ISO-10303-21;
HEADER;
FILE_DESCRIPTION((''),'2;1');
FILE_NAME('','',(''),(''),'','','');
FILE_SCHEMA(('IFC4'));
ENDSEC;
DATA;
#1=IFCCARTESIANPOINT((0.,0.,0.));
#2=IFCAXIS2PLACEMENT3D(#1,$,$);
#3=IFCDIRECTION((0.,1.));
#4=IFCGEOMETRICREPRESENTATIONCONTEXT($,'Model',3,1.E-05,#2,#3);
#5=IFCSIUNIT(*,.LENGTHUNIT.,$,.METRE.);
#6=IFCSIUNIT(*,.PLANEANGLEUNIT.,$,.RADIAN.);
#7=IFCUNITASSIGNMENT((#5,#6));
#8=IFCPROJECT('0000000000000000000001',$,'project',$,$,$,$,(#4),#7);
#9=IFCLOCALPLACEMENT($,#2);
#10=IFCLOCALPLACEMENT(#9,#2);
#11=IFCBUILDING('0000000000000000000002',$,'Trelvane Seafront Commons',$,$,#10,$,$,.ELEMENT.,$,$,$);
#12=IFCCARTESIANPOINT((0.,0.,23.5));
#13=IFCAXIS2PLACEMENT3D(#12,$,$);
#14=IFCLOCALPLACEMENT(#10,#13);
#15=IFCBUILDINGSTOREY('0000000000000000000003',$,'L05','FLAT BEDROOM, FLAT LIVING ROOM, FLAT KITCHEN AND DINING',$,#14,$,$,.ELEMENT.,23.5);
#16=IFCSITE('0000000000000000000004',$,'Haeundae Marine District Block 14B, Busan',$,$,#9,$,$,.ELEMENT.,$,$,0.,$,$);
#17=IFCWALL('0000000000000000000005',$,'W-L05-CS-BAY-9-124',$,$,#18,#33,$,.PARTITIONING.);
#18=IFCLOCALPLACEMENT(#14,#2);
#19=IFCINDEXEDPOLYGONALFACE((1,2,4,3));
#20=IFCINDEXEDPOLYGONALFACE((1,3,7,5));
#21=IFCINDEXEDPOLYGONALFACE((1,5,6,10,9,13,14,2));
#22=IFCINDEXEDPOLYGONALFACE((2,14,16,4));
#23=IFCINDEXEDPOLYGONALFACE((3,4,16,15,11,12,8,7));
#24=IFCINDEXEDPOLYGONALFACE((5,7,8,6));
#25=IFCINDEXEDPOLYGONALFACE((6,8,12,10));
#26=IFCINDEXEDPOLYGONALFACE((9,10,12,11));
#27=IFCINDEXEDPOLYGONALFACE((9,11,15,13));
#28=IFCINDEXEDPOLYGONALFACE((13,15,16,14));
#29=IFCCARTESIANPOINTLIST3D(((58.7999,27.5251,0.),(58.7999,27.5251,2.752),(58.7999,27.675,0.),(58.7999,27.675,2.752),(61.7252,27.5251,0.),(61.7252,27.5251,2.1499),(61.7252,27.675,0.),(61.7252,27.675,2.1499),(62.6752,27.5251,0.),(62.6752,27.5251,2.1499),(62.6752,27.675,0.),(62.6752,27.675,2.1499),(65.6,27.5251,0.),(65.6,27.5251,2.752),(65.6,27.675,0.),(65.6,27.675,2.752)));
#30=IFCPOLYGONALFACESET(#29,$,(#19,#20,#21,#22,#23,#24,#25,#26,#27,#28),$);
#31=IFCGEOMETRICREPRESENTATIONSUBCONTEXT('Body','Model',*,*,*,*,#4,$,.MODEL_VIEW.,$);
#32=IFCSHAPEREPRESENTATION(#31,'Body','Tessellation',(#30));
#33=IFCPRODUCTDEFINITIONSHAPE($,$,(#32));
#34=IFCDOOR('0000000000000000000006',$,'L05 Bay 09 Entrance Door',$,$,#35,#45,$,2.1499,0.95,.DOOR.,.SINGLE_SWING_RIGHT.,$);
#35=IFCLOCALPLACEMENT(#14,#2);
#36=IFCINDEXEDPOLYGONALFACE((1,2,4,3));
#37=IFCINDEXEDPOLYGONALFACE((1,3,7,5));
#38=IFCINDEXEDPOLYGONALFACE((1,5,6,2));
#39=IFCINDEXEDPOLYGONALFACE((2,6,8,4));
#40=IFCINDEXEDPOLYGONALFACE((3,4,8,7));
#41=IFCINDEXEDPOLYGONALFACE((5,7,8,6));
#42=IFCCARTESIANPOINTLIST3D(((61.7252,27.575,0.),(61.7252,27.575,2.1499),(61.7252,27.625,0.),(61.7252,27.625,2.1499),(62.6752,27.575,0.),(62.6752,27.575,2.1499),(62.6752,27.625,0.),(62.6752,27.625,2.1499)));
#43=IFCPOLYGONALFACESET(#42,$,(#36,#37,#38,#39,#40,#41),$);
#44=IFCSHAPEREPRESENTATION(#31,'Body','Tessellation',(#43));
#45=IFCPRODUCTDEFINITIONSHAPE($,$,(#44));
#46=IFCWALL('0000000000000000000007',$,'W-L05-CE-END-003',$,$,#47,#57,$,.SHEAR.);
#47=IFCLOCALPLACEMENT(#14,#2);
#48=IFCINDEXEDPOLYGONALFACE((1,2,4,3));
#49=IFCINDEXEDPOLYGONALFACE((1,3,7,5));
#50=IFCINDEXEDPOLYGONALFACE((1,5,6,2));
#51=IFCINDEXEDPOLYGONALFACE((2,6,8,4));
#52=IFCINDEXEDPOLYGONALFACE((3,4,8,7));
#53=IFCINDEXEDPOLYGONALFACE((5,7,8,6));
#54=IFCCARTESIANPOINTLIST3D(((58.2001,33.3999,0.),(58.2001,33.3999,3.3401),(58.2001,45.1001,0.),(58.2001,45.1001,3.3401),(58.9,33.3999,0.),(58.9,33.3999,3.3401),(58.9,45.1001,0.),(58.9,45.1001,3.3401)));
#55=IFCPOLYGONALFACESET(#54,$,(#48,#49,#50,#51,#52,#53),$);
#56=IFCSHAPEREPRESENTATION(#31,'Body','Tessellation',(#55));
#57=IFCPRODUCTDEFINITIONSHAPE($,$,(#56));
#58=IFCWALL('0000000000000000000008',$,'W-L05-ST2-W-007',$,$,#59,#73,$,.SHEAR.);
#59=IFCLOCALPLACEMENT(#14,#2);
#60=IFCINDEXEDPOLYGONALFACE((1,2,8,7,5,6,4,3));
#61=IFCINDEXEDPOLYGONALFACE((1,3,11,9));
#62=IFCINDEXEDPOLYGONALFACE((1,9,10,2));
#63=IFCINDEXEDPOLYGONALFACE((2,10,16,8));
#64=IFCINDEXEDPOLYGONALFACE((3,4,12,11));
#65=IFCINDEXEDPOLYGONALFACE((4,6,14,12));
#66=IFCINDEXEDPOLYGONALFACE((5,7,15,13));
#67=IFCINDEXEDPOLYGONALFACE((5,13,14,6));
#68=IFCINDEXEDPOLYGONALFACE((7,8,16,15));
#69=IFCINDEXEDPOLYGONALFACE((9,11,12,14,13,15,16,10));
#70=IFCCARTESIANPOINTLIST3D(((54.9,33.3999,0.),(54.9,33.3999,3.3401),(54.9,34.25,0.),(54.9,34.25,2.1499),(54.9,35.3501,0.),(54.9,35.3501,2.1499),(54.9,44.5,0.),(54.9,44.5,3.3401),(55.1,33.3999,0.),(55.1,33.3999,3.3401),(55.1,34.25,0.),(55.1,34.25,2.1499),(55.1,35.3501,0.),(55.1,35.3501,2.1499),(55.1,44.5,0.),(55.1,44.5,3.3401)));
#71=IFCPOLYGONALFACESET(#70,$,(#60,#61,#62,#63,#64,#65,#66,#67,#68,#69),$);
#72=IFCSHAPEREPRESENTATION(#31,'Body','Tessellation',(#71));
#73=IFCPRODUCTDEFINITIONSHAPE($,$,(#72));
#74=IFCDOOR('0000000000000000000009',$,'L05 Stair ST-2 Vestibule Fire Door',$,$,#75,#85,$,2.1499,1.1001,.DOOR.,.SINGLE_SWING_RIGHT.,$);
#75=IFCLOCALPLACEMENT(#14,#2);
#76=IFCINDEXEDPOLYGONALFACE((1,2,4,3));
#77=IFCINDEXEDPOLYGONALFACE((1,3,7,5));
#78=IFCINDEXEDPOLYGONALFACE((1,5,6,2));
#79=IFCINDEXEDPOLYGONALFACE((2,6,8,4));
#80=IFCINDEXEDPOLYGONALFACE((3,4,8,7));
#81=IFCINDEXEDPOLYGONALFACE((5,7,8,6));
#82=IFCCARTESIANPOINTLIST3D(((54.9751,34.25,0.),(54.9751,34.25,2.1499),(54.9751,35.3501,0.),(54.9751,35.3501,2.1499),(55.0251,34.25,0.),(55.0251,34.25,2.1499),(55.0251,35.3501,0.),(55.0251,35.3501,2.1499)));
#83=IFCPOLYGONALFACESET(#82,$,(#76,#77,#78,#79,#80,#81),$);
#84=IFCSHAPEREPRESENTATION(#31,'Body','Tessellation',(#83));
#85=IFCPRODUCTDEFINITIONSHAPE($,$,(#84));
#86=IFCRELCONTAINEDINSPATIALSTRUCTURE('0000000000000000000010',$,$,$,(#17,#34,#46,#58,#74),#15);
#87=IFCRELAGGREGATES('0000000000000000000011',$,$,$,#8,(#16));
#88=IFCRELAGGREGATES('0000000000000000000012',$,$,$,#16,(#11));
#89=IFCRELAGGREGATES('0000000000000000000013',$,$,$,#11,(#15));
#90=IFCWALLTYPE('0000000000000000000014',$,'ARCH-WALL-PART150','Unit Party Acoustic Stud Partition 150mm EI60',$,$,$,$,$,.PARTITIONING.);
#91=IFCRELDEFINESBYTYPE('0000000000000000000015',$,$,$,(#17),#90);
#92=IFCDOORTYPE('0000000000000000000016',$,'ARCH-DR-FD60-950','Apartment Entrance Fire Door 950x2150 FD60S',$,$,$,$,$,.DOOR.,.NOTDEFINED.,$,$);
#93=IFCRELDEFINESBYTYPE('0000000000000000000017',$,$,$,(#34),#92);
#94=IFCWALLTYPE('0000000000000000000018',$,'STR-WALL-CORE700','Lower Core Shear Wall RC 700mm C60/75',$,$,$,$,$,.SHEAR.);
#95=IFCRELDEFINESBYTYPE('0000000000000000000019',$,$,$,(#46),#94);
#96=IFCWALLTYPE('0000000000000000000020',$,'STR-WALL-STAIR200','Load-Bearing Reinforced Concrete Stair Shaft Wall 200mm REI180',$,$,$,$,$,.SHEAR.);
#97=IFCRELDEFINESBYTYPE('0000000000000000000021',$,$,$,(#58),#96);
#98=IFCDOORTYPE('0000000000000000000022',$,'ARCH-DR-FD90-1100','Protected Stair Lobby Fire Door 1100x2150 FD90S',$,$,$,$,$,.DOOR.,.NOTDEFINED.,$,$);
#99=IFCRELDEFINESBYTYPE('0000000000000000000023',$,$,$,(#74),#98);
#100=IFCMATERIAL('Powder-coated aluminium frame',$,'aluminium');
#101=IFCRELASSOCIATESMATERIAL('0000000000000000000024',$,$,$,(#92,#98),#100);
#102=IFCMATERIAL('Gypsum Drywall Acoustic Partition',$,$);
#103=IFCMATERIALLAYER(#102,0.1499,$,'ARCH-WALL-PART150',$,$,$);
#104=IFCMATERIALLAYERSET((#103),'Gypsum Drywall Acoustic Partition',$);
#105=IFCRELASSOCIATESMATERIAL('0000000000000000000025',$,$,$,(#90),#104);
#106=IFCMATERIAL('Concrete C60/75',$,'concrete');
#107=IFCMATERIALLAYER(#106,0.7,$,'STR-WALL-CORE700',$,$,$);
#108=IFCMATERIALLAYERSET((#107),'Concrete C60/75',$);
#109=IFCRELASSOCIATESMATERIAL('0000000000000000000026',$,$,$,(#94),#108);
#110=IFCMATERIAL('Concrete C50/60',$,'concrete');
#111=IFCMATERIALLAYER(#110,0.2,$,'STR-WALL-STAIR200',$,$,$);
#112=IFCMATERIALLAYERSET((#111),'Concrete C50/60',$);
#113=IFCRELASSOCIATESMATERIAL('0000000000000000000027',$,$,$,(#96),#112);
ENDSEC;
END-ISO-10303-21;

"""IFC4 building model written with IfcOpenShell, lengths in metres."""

from ifc_helpers import new_model, si_unit, direction, frame, frame_2d, origin, place, context, subcontext, project, spatial, rectangle, extrude, source, transform, mapped, material, layer, layer_set, type_object, element, fill, save


model = new_model("IFC4")

# Units and contexts
model_context = context("Model", 3, precision=1e-05, world=origin(), true_north=direction((0.0, 1.0)))
body_context = subcontext(model_context, "Body", "Model", "MODEL_VIEW")
ifc_project = project(units=[si_unit("LENGTHUNIT", "METRE"), si_unit("PLANEANGLEUNIT", "RADIAN")], contexts=[model_context])

# Site, building, storey
site_placement = place(None, origin())
site = spatial("IfcSite", under=ifc_project, at=site_placement, Name="Haeundae Marine District Block 14B, Busan", CompositionType="ELEMENT", RefElevation=0.0)
building_placement = place(site_placement, origin())
building = spatial("IfcBuilding", under=site, at=building_placement, Name="Trelvane Seafront Commons", CompositionType="ELEMENT")
storey_placement = place(building_placement, frame((0.0, 0.0, 23.5)))
storey = spatial("IfcBuildingStorey", under=building, at=storey_placement, Name="L05", Description="FLAT BEDROOM, FLAT LIVING ROOM, FLAT KITCHEN AND DINING", CompositionType="ELEMENT", Elevation=23.5)

# Shared definitions
ifc_material_1 = material(Name="Concrete C60/75", Category="concrete")

# Shared definitions
ifc_material_2 = material(Name="Powder-coated aluminium frame", Category="aluminium")
door_type_1 = type_object("IfcDoorType", Name="ARCH-DR-FD60-950", Description="Apartment Entrance Fire Door 950x2150 FD60S", OperationType="NOTDEFINED", PredefinedType="DOOR", material=ifc_material_2)
shared_shape_1 = source(origin(), body_context, "Body", "SweptSolid", [
    extrude(rectangle(XDim=0.95, YDim=2.1499, at=frame_2d((0.4751, 1.075))), frame((0.0, 0.0249, 0.0), z_axis=(0.0, -1.0, 0.0), x_axis=(1.0, 0.0, 0.0)), (0.0, 0.0, 1.0), 0.05),
])

# Shared definitions
ifc_material_3 = material(Name="Gypsum Drywall Acoustic Partition")

# Wall, opening, door
ifc_layer_1 = layer(ifc_material_3, 0.1499, Name="ARCH-WALL-PART150")
ifc_layer_set_1 = layer_set([ifc_layer_1], Name="Gypsum Drywall Acoustic Partition")
wall_type_1 = type_object("IfcWallType", Name="ARCH-WALL-PART150", Description="Unit Party Acoustic Stud Partition 150mm EI60", PredefinedType="PARTITIONING", material=ifc_layer_set_1)
wall_1_placement = place(storey_placement, frame((58.8, 27.6001, 0.0), z_axis=(0.0, 0.0, 1.0), x_axis=(1.0, 0.0, 0.0)))
wall_1 = element("IfcWall", 1, at=wall_1_placement, inside=storey, type_object=wall_type_1, Name="W-L05-CS-BAY-9-124", PredefinedType="PARTITIONING", context=body_context, shape_type="SweptSolid", body=[
    extrude(rectangle(XDim=6.8, YDim=0.1499, at=frame_2d((3.3999, 0.0))), origin(), (0.0, 0.0, 1.0), 2.752),
])
opening_1_placement = place(wall_1_placement, frame((2.925, 0.0, 0.0)))
opening_1 = element("IfcOpeningElement", 2, at=opening_1_placement, cuts=wall_1, PredefinedType="OPENING", context=body_context, shape_type="SweptSolid", body=[
    extrude(rectangle(XDim=0.95, YDim=2.1499, at=frame_2d((0.4751, 1.075))), frame((0.0, 0.085, 0.0), z_axis=(0.0, -1.0, 0.0), x_axis=(1.0, 0.0, 0.0)), (0.0, 0.0, 1.0), 0.1699),
])
door_1_placement = place(opening_1_placement, origin())
door_1 = element("IfcDoor", 3, at=door_1_placement, inside=storey, type_object=door_type_1, Name="L05 Bay 09 Entrance Door", OperationType="SINGLE_SWING_RIGHT", OverallHeight=2.1499, OverallWidth=0.95, PredefinedType="DOOR", context=body_context, shape_type="MappedRepresentation", body=[
    mapped(shared_shape_1, transform((0.0, 0.0, 0.0), x_axis=(1.0, 0.0, 0.0), y_axis=(0.0, 1.0, 0.0), z_axis=(0.0, 0.0, 1.0), scale=1.0)),
])
fill(opening_1, door_1)

# Wall
ifc_layer_2 = layer(ifc_material_1, 0.7, Name="STR-WALL-CORE700")
ifc_layer_set_2 = layer_set([ifc_layer_2], Name="Concrete C60/75")
wall_type_2 = type_object("IfcWallType", Name="STR-WALL-CORE700", Description="Lower Core Shear Wall RC 700mm C60/75", PredefinedType="SHEAR", material=ifc_layer_set_2)
wall_2_placement = place(storey_placement, frame((58.55, 33.3999, 0.0), z_axis=(0.0, 0.0, 1.0), x_axis=(0.0, 1.0, 0.0)))
element("IfcWall", 4, at=wall_2_placement, inside=storey, type_object=wall_type_2, Name="W-L05-CE-END-003", PredefinedType="SHEAR", context=body_context, shape_type="SweptSolid", body=[
    extrude(rectangle(XDim=11.7002, YDim=0.7, at=frame_2d((5.8501, 0.0))), origin(), (0.0, 0.0, 1.0), 3.3401),
])

# Wall, opening, door
ifc_material_4 = material(Name="Concrete C50/60", Category="concrete")
ifc_layer_3 = layer(ifc_material_4, 0.2, Name="STR-WALL-STAIR200")
ifc_layer_set_3 = layer_set([ifc_layer_3], Name="Concrete C50/60")
wall_type_3 = type_object("IfcWallType", Name="STR-WALL-STAIR200", Description="Load-Bearing Reinforced Concrete Stair Shaft Wall 200mm REI180", PredefinedType="SHEAR", material=ifc_layer_set_3)
wall_3_placement = place(storey_placement, frame((55.0, 33.3999, 0.0), z_axis=(0.0, 0.0, 1.0), x_axis=(0.0, 1.0, 0.0)))
wall_3 = element("IfcWall", 5, at=wall_3_placement, inside=storey, type_object=wall_type_3, Name="W-L05-ST2-W-007", PredefinedType="SHEAR", context=body_context, shape_type="SweptSolid", body=[
    extrude(rectangle(XDim=11.1001, YDim=0.2, at=frame_2d((5.55, 0.0))), origin(), (0.0, 0.0, 1.0), 3.3401),
])
opening_2_placement = place(wall_3_placement, frame((0.8501, 0.0, 0.0)))
opening_2 = element("IfcOpeningElement", 6, at=opening_2_placement, cuts=wall_3, PredefinedType="OPENING", context=body_context, shape_type="SweptSolid", body=[
    extrude(rectangle(XDim=1.1001, YDim=2.1499, at=frame_2d((0.55, 1.075))), frame((0.0, 0.1099, 0.0), z_axis=(0.0, -1.0, 0.0), x_axis=(1.0, 0.0, 0.0)), (0.0, 0.0, 1.0), 0.22),
])
door_type_2 = type_object("IfcDoorType", Name="ARCH-DR-FD90-1100", Description="Protected Stair Lobby Fire Door 1100x2150 FD90S", OperationType="NOTDEFINED", PredefinedType="DOOR", material=ifc_material_2)
shared_shape_2 = source(origin(), body_context, "Body", "SweptSolid", [
    extrude(rectangle(XDim=1.1001, YDim=2.1499, at=frame_2d((0.55, 1.075))), frame((0.0, 0.0249, 0.0), z_axis=(0.0, -1.0, 0.0), x_axis=(1.0, 0.0, 0.0)), (0.0, 0.0, 1.0), 0.05),
])
door_2_placement = place(opening_2_placement, origin())
door_2 = element("IfcDoor", 7, at=door_2_placement, inside=storey, type_object=door_type_2, Name="L05 Stair ST-2 Vestibule Fire Door", OperationType="SINGLE_SWING_RIGHT", OverallHeight=2.1499, OverallWidth=1.1001, PredefinedType="DOOR", context=body_context, shape_type="MappedRepresentation", body=[
    mapped(shared_shape_2, transform((0.0, 0.0, 0.0), x_axis=(1.0, 0.0, 0.0), y_axis=(0.0, 1.0, 0.0), z_axis=(0.0, 0.0, 1.0), scale=1.0)),
])
fill(opening_2, door_2)

save(model, "model.ifc")
